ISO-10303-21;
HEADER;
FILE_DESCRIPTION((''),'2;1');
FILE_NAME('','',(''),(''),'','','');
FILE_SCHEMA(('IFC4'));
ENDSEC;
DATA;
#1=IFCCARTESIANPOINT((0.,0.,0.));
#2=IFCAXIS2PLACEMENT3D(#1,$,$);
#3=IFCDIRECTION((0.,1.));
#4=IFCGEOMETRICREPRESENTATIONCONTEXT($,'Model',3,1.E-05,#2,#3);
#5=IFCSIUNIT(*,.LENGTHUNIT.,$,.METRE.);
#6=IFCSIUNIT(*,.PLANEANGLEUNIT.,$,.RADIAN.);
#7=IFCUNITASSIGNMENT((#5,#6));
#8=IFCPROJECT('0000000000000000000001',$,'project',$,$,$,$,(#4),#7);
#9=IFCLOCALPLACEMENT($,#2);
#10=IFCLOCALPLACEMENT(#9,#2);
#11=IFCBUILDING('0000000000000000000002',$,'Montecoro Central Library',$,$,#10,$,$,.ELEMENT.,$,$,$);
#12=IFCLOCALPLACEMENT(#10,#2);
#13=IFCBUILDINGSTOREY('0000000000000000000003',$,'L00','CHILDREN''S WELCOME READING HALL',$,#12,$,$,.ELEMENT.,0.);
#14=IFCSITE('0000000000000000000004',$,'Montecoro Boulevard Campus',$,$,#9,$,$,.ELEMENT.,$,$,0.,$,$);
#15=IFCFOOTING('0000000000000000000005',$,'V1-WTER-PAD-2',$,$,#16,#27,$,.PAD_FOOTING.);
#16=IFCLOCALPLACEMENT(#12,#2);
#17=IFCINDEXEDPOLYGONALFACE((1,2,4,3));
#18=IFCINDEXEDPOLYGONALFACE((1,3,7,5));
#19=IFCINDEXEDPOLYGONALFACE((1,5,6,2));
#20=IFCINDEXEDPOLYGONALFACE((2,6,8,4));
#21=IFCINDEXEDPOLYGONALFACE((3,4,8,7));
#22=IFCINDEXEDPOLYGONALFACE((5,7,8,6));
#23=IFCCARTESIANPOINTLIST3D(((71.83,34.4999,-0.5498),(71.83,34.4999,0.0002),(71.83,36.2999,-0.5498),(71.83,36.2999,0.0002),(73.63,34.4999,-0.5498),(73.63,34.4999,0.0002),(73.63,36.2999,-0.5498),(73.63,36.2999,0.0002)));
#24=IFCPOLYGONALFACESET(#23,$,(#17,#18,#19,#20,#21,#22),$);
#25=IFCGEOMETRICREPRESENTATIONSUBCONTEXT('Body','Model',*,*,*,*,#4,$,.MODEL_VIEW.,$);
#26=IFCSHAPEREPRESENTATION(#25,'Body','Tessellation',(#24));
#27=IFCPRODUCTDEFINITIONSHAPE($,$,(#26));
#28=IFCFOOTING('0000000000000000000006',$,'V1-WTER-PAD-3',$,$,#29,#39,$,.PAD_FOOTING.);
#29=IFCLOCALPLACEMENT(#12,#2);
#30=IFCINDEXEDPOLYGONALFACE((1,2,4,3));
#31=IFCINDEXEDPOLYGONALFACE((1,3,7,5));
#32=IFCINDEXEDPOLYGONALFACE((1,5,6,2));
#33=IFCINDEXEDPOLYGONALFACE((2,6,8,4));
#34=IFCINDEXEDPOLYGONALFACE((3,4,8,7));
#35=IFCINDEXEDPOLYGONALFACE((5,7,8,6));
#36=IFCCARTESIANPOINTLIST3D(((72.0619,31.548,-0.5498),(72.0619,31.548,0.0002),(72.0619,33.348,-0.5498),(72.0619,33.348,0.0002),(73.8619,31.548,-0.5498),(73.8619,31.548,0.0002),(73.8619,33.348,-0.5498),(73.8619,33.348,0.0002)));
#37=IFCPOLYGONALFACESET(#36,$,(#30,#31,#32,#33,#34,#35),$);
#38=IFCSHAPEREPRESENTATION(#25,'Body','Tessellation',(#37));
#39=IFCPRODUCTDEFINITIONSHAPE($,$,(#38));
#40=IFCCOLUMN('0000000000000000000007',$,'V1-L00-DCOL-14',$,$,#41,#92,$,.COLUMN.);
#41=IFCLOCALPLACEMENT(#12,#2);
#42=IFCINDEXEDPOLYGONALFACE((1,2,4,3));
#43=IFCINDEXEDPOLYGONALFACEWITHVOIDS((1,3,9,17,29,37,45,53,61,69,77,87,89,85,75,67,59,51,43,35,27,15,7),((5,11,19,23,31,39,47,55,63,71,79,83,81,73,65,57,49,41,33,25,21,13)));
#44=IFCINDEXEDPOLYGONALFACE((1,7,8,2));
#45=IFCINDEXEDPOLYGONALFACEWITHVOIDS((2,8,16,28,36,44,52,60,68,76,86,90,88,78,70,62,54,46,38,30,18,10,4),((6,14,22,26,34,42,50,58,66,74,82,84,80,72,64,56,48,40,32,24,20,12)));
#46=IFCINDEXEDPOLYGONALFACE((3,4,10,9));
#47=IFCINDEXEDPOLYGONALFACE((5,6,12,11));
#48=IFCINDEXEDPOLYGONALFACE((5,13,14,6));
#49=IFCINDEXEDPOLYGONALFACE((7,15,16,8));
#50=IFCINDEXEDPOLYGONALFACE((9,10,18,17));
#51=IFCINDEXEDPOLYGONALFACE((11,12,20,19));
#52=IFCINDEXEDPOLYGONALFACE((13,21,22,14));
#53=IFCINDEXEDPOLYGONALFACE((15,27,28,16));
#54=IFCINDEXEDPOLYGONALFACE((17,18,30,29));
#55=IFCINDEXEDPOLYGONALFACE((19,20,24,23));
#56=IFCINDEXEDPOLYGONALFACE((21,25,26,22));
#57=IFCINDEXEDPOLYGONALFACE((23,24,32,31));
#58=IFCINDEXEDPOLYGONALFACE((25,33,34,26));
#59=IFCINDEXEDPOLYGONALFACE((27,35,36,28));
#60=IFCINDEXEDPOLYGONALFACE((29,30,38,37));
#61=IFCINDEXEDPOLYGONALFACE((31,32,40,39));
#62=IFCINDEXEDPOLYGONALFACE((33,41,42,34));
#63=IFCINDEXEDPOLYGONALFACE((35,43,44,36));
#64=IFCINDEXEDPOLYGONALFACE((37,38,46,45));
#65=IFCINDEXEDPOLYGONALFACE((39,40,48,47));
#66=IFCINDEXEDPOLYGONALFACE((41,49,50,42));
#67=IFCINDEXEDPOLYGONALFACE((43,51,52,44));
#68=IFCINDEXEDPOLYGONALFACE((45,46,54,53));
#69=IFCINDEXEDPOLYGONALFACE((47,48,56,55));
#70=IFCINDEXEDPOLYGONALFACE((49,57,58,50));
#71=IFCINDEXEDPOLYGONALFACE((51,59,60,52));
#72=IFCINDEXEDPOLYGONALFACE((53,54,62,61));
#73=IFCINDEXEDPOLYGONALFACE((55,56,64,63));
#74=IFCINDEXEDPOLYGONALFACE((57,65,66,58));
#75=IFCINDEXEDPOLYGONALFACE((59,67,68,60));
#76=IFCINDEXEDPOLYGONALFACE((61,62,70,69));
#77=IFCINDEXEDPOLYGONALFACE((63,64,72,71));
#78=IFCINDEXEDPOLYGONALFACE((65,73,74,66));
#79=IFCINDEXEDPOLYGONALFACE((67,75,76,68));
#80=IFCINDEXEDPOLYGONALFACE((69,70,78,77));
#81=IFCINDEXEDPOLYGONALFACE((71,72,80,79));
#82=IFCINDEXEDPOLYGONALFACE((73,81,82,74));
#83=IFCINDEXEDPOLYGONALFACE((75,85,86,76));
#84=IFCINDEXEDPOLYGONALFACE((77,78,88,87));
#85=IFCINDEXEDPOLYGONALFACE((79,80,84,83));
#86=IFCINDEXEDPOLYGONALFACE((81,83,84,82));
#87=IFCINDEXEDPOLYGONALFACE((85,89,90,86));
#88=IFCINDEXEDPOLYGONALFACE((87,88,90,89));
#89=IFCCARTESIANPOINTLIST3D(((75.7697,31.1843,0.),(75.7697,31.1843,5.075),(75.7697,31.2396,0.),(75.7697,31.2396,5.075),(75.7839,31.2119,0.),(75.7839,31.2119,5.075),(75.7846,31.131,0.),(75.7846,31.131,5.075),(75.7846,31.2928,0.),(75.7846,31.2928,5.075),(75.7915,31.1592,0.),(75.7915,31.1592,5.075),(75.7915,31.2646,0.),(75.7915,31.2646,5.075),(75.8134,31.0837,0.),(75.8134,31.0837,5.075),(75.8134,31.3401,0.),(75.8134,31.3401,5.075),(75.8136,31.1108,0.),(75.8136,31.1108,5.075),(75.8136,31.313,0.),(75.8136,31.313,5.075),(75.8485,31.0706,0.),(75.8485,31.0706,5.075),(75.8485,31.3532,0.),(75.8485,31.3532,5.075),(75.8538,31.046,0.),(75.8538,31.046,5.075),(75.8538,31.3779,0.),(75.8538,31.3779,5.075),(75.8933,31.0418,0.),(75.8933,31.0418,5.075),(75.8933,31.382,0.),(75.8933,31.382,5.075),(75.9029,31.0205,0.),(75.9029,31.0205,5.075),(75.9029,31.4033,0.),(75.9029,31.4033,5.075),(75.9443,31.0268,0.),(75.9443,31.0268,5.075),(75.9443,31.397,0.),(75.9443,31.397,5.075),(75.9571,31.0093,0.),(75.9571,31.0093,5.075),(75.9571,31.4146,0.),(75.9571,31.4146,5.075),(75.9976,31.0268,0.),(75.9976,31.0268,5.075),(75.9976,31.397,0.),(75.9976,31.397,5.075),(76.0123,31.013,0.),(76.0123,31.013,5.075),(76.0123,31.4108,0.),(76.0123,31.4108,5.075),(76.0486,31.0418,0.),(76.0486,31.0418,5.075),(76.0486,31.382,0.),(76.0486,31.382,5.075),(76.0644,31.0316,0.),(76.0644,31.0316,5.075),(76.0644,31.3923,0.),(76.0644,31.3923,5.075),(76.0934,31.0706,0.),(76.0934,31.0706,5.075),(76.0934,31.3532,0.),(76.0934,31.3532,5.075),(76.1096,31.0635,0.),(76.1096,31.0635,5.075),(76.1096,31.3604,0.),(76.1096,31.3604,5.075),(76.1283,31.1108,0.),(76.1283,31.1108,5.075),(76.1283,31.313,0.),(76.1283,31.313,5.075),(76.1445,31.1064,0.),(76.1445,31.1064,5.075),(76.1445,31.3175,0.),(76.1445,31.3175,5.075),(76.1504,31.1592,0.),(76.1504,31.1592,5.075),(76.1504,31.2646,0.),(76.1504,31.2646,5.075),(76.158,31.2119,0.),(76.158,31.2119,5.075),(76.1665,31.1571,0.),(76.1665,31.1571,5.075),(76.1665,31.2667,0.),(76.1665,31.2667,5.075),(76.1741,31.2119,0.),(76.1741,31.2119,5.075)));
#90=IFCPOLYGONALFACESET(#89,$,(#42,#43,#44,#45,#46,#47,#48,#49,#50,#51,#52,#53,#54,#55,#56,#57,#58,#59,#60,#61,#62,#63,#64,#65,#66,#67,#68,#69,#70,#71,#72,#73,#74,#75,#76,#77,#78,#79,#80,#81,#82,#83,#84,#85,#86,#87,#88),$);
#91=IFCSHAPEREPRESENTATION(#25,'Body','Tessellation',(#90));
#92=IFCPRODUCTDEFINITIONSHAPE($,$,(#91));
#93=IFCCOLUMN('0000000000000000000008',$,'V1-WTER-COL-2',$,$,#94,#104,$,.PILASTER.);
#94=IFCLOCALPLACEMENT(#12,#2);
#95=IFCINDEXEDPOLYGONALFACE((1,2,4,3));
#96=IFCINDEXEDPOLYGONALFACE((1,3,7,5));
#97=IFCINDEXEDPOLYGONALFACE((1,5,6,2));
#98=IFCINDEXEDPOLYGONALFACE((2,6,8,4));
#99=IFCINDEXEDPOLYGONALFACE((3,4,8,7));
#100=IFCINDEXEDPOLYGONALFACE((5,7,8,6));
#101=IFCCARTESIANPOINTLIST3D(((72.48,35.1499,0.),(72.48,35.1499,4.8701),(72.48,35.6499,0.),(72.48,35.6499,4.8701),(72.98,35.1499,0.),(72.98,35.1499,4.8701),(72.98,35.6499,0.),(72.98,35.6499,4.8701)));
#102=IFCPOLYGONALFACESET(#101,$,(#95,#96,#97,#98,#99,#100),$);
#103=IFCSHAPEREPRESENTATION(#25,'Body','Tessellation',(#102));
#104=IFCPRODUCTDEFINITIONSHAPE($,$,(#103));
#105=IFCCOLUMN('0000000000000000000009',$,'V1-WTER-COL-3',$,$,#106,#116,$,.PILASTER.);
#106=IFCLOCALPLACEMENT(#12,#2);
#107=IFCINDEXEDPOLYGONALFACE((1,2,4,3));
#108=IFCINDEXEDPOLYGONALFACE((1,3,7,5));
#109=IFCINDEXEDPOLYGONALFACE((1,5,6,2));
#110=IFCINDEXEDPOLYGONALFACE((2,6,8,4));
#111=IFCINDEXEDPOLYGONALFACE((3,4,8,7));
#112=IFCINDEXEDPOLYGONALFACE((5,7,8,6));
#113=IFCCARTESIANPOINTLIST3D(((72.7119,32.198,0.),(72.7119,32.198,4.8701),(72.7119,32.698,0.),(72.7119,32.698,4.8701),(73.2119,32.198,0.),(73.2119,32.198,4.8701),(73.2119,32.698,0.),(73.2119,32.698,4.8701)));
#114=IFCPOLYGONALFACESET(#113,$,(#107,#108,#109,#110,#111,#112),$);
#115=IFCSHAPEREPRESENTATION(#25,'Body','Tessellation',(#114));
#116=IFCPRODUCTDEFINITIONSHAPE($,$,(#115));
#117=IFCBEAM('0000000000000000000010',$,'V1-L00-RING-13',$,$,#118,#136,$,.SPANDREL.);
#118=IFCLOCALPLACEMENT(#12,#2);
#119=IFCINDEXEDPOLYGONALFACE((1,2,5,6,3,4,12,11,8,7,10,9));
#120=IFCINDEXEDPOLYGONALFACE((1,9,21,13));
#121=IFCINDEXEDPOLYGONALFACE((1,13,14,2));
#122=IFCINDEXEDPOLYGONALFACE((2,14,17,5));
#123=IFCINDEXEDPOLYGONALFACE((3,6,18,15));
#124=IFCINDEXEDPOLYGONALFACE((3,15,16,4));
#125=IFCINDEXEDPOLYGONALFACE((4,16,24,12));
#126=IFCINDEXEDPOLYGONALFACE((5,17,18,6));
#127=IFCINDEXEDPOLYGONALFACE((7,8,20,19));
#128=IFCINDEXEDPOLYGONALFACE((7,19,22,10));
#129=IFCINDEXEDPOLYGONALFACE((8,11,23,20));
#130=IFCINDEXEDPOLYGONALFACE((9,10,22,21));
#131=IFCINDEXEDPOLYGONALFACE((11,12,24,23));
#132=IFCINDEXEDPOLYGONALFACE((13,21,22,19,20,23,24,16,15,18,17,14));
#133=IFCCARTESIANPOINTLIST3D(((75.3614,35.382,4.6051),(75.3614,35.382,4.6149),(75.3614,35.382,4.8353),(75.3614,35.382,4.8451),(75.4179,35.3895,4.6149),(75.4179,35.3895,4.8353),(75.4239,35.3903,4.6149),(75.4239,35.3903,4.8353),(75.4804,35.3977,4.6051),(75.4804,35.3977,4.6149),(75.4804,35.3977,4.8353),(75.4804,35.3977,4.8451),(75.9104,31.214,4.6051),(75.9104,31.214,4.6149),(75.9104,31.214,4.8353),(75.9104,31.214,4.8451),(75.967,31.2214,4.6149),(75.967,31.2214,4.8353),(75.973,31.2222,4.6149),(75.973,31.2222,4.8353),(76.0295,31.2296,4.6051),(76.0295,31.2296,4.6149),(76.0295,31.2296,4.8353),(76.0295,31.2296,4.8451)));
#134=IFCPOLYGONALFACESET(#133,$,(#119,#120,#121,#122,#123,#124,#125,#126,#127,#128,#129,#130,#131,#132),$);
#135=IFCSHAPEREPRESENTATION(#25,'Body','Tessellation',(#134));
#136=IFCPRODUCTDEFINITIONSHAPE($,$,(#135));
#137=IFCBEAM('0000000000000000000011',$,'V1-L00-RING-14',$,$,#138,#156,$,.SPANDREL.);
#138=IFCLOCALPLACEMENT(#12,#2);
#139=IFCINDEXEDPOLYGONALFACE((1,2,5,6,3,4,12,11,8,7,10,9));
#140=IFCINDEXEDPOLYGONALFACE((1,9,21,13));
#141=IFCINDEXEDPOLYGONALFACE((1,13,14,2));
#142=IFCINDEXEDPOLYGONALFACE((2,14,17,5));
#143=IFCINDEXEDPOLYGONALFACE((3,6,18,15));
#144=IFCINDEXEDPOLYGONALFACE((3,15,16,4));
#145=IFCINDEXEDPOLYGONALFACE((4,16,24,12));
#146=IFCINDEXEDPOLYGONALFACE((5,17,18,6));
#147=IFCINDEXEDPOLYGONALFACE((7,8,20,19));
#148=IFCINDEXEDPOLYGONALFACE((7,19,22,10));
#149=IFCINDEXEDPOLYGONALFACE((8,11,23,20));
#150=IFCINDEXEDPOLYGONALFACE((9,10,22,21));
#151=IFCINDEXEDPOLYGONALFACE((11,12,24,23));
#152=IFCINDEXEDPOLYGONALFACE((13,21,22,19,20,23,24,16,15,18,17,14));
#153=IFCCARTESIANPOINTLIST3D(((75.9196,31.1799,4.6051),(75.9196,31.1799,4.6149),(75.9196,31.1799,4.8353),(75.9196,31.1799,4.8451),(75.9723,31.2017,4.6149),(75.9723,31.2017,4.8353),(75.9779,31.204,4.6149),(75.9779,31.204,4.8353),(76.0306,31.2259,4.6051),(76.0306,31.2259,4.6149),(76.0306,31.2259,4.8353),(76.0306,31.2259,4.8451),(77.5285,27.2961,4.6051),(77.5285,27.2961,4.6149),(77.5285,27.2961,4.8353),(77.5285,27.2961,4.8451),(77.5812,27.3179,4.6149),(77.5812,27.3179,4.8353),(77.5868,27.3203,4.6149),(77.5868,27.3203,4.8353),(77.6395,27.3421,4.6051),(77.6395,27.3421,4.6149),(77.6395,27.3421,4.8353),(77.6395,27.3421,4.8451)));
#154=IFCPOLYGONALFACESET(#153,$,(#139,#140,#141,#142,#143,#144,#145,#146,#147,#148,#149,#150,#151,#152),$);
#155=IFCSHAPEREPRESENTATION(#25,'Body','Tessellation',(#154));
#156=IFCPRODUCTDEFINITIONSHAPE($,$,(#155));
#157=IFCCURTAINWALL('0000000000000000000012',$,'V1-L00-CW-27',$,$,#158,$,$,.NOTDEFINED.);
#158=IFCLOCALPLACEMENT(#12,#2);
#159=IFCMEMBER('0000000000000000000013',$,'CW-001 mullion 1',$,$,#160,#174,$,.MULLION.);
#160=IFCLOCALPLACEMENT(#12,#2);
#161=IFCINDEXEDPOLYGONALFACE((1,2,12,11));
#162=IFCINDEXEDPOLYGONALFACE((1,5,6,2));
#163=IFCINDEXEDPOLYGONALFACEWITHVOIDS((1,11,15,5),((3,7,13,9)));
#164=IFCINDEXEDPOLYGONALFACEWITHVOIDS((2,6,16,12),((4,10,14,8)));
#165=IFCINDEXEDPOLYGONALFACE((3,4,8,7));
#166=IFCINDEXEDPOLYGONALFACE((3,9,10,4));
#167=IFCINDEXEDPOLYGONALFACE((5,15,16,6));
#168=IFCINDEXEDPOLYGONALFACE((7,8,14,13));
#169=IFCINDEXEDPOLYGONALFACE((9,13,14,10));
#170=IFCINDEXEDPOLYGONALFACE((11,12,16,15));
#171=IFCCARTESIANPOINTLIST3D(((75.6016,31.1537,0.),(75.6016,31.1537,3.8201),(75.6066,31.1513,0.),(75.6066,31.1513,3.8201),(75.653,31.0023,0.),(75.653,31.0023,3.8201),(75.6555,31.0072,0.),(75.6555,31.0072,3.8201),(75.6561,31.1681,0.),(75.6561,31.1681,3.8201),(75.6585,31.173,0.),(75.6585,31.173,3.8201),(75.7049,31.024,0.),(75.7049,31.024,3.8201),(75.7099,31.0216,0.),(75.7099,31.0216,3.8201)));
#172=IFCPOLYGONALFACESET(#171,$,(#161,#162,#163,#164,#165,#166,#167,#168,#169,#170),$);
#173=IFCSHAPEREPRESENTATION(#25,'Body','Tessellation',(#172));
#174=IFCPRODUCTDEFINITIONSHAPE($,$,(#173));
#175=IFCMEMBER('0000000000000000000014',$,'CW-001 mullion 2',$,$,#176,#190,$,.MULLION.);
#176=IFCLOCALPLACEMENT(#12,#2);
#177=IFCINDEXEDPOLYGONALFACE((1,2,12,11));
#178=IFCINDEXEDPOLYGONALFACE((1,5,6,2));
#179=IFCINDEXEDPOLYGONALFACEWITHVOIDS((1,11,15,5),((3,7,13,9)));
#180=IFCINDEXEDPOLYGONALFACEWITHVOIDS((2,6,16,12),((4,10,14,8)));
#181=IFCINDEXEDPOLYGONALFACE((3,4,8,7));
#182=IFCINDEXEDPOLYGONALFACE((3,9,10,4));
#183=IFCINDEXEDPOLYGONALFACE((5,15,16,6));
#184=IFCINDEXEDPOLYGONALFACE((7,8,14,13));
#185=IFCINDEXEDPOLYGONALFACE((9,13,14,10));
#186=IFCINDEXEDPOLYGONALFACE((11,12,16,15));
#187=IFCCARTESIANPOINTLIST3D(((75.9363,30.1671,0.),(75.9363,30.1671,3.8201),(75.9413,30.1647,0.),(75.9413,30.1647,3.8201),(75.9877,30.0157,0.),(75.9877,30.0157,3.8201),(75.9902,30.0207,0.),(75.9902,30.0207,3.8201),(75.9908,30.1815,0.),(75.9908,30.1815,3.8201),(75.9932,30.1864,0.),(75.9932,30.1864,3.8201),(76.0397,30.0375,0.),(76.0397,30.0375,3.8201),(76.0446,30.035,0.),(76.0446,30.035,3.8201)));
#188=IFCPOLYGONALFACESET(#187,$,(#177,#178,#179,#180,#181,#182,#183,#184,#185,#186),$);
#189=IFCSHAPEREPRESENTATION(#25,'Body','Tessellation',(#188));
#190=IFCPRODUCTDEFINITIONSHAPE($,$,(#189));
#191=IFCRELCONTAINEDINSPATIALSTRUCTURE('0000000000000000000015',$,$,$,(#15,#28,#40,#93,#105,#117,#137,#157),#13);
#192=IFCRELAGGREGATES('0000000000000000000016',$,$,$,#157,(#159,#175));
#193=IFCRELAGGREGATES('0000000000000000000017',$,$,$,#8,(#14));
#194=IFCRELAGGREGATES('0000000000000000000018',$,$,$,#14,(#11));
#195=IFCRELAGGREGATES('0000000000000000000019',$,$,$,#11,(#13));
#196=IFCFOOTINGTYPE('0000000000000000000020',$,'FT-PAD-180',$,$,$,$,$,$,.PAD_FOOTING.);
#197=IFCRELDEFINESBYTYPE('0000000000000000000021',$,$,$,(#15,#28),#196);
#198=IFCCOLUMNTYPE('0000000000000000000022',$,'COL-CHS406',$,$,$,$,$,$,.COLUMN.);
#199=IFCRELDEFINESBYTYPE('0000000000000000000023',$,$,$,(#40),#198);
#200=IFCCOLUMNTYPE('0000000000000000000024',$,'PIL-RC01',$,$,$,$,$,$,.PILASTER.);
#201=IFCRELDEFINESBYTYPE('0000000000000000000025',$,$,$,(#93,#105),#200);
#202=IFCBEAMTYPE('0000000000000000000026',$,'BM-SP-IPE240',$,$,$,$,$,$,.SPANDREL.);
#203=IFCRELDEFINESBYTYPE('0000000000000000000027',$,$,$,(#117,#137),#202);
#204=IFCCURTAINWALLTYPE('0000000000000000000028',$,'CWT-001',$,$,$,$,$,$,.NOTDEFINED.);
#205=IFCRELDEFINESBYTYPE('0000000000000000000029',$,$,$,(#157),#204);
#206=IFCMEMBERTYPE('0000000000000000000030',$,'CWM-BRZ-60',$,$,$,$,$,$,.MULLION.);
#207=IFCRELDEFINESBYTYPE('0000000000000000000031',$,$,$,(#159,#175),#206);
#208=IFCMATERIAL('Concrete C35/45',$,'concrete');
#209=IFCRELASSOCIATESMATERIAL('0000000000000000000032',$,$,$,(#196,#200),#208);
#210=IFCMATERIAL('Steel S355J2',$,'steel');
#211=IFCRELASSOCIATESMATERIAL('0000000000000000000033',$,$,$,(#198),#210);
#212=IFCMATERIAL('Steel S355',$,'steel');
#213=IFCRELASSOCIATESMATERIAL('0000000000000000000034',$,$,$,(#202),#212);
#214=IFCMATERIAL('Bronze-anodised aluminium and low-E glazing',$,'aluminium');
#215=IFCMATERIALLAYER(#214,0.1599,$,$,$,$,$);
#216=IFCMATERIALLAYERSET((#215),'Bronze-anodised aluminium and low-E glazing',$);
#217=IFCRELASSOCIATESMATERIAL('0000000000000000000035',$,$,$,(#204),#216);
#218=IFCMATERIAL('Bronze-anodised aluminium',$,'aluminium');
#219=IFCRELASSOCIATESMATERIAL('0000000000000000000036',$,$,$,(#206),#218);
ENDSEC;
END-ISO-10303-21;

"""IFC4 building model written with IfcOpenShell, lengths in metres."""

from ifc_helpers import new_model, si_unit, direction, frame, origin, origin_2d, place, context, subcontext, project, spatial, rectangle, hollow_rectangle, hollow_circle, i_section, extrude, material, layer, layer_set, material_profile, profile_set, type_object, element, aggregate, save


model = new_model("IFC4")

# Units and contexts
model_context = context("Model", 3, precision=1e-05, world=origin(), true_north=direction((0.0, 1.0)))
body_context = subcontext(model_context, "Body", "Model", "MODEL_VIEW")
ifc_project = project(units=[si_unit("LENGTHUNIT", "METRE"), si_unit("PLANEANGLEUNIT", "RADIAN")], contexts=[model_context])

# Site, building, storey
site_placement = place(None, origin())
site = spatial("IfcSite", under=ifc_project, at=site_placement, Name="Montecoro Boulevard Campus", CompositionType="ELEMENT", RefElevation=0.0)
building_placement = place(site_placement, origin())
building = spatial("IfcBuilding", under=site, at=building_placement, Name="Montecoro Central Library", CompositionType="ELEMENT")
storey_placement = place(building_placement, origin())
storey = spatial("IfcBuildingStorey", under=building, at=storey_placement, Name="L00", Description="CHILDREN'S WELCOME READING HALL", CompositionType="ELEMENT", Elevation=0.0)

# Footings
ifc_material_1 = material(Name="Concrete C35/45", Category="concrete")
footing_type = type_object("IfcFootingType", Name="FT-PAD-180", PredefinedType="PAD_FOOTING", material=ifc_material_1)
for number, where, z_axis, x_axis, name in (
    (1, (72.73, 35.3999, -0.5498), (0.0, 0.0, 1.0), (1.0, 0.0, 0.0), "V1-WTER-PAD-2"),
    (2, (72.9619, 32.448, -0.5498), (0.0, 0.0, 1.0), (1.0, 0.0, 0.0), "V1-WTER-PAD-3"),
):
    element("IfcFooting", number, at=place(storey_placement, frame(where, z_axis=z_axis, x_axis=x_axis)), inside=storey, type_object=footing_type, Name=name, PredefinedType="PAD_FOOTING", context=body_context, shape_type="SweptSolid", body=[
        extrude(rectangle(XDim=1.8, YDim=1.8, at=origin_2d()), origin(), (0.0, 0.0, 1.0), 0.55),
    ])

# Columns
ifc_material_2 = material(Name="Steel S355J2", Category="steel")
ifc_material_profile_1 = material_profile(ifc_material_2, hollow_circle(Radius=0.2031, WallThickness=0.0161, at=origin_2d()), Name="CHS 406.4x16.0")
ifc_profile_set_1 = profile_set([ifc_material_profile_1], Name="Steel S355J2")
column_type_1 = type_object("IfcColumnType", Name="COL-CHS406", PredefinedType="COLUMN", material=ifc_profile_set_1)
column_placement = place(storey_placement, frame((75.9709, 31.2119, 0.0), z_axis=(0.0, 0.0, 1.0), x_axis=(1.0, 0.0, 0.0)))
element("IfcColumn", 3, at=column_placement, inside=storey, type_object=column_type_1, Name="V1-L00-DCOL-14", PredefinedType="COLUMN", context=body_context, shape_type="SweptSolid", body=[
    extrude(hollow_circle(Radius=0.2031, WallThickness=0.0161, at=origin_2d()), origin(), (0.0, 0.0, 1.0), 5.075),
])
ifc_material_profile_2 = material_profile(ifc_material_1, rectangle(XDim=0.5, YDim=0.5, at=origin_2d()), Name="RC PIL 500x500")
ifc_profile_set_2 = profile_set([ifc_material_profile_2], Name="Concrete C35/45")
column_type_2 = type_object("IfcColumnType", Name="PIL-RC01", PredefinedType="PILASTER", material=ifc_profile_set_2)
for number, where, z_axis, x_axis, name in (
    (4, (72.73, 35.3999, 0.0), (0.0, 0.0, 1.0), (1.0, 0.0, 0.0), "V1-WTER-COL-2"),
    (5, (72.9619, 32.448, 0.0), (0.0, 0.0, 1.0), (1.0, 0.0, 0.0), "V1-WTER-COL-3"),
):
    element("IfcColumn", number, at=place(storey_placement, frame(where, z_axis=z_axis, x_axis=x_axis)), inside=storey, type_object=column_type_2, Name=name, PredefinedType="PILASTER", context=body_context, shape_type="SweptSolid", body=[
        extrude(rectangle(XDim=0.5, YDim=0.5, at=origin_2d()), origin(), (0.0, 0.0, 1.0), 4.8701),
    ])

# Beams
ifc_material_3 = material(Name="Steel S355", Category="steel")
ifc_material_profile_3 = material_profile(ifc_material_3, i_section(OverallWidth=0.1201, OverallDepth=0.24, WebThickness=0.0061, FlangeThickness=0.0098, at=origin_2d()), Name="IPE 240")
ifc_profile_set_3 = profile_set([ifc_material_profile_3], Name="Steel S355")
beam_type = type_object("IfcBeamType", Name="BM-SP-IPE240", PredefinedType="SPANDREL", material=ifc_profile_set_3)
beam_1_placement = place(storey_placement, frame((75.4209, 35.3899, 4.7251), z_axis=(0.130608, -0.991434, 0.0), x_axis=(0.991434, 0.130608, 0.0)))
element("IfcBeam", 6, at=beam_1_placement, inside=storey, type_object=beam_type, Name="V1-L00-RING-13", PredefinedType="SPANDREL", context=body_context, shape_type="SweptSolid", body=[
    extrude(i_section(OverallWidth=0.1201, OverallDepth=0.24, WebThickness=0.0061, FlangeThickness=0.0098, at=origin_2d()), origin(), (0.0, 0.0, 1.0), 4.2041),
])
beam_2_placement = place(storey_placement, frame((75.9751, 31.2029, 4.7251), z_axis=(0.382718, -0.923865, 0.0), x_axis=(0.923865, 0.382718, 0.0)))
element("IfcBeam", 7, at=beam_2_placement, inside=storey, type_object=beam_type, Name="V1-L00-RING-14", PredefinedType="SPANDREL", context=body_context, shape_type="SweptSolid", body=[
    extrude(i_section(OverallWidth=0.1201, OverallDepth=0.24, WebThickness=0.0061, FlangeThickness=0.0098, at=origin_2d()), origin(), (0.0, 0.0, 1.0), 4.2039),
])

# Curtain wall, members
ifc_material_4 = material(Name="Bronze-anodised aluminium and low-E glazing", Category="aluminium")
ifc_layer_1 = layer(ifc_material_4, 0.1599)
ifc_layer_set_1 = layer_set([ifc_layer_1], Name="Bronze-anodised aluminium and low-E glazing")
curtain_wall_type = type_object("IfcCurtainWallType", Name="CWT-001", PredefinedType="NOTDEFINED", material=ifc_layer_set_1)
curtain_wall_placement = place(storey_placement, origin())
curtain_wall = element("IfcCurtainWall", 8, at=curtain_wall_placement, inside=storey, type_object=curtain_wall_type, Name="V1-L00-CW-27", PredefinedType="NOTDEFINED")
ifc_material_5 = material(Name="Bronze-anodised aluminium", Category="aluminium")
ifc_material_profile_4 = material_profile(ifc_material_5, hollow_rectangle(XDim=0.0601, YDim=0.1599, WallThickness=0.0039, at=origin_2d()), Name="CWM 160x60x4.0")
ifc_profile_set_4 = profile_set([ifc_material_profile_4], Name="Bronze-anodised aluminium")
member_type_1 = type_object("IfcMemberType", Name="CWM-BRZ-60", PredefinedType="MULLION", material=ifc_profile_set_4)
member_1_placement = place(storey_placement, frame((75.6558, 31.0876, 0.0), z_axis=(0.0, 0.0, 1.0), x_axis=(0.946943, 0.321401, 0.0)))
member_1 = element("IfcMember", 9, at=member_1_placement, type_object=member_type_1, Name="CW-001 mullion 1", PredefinedType="MULLION", context=body_context, shape_type="SweptSolid", body=[
    extrude(hollow_rectangle(XDim=0.0601, YDim=0.1599, WallThickness=0.0039, at=origin_2d()), origin(), (0.0, 0.0, 1.0), 3.8201),
])
member_2_placement = place(storey_placement, frame((75.9905, 30.1011, 0.0), z_axis=(0.0, 0.0, 1.0), x_axis=(0.946943, 0.321401, 0.0)))
member_2 = element("IfcMember", 10, at=member_2_placement, type_object=member_type_1, Name="CW-001 mullion 2", PredefinedType="MULLION", context=body_context, shape_type="SweptSolid", body=[
    extrude(hollow_rectangle(XDim=0.0601, YDim=0.1599, WallThickness=0.0039, at=origin_2d()), origin(), (0.0, 0.0, 1.0), 3.8201),
])
aggregate(curtain_wall, [member_1, member_2])

save(model, "model.ifc")
